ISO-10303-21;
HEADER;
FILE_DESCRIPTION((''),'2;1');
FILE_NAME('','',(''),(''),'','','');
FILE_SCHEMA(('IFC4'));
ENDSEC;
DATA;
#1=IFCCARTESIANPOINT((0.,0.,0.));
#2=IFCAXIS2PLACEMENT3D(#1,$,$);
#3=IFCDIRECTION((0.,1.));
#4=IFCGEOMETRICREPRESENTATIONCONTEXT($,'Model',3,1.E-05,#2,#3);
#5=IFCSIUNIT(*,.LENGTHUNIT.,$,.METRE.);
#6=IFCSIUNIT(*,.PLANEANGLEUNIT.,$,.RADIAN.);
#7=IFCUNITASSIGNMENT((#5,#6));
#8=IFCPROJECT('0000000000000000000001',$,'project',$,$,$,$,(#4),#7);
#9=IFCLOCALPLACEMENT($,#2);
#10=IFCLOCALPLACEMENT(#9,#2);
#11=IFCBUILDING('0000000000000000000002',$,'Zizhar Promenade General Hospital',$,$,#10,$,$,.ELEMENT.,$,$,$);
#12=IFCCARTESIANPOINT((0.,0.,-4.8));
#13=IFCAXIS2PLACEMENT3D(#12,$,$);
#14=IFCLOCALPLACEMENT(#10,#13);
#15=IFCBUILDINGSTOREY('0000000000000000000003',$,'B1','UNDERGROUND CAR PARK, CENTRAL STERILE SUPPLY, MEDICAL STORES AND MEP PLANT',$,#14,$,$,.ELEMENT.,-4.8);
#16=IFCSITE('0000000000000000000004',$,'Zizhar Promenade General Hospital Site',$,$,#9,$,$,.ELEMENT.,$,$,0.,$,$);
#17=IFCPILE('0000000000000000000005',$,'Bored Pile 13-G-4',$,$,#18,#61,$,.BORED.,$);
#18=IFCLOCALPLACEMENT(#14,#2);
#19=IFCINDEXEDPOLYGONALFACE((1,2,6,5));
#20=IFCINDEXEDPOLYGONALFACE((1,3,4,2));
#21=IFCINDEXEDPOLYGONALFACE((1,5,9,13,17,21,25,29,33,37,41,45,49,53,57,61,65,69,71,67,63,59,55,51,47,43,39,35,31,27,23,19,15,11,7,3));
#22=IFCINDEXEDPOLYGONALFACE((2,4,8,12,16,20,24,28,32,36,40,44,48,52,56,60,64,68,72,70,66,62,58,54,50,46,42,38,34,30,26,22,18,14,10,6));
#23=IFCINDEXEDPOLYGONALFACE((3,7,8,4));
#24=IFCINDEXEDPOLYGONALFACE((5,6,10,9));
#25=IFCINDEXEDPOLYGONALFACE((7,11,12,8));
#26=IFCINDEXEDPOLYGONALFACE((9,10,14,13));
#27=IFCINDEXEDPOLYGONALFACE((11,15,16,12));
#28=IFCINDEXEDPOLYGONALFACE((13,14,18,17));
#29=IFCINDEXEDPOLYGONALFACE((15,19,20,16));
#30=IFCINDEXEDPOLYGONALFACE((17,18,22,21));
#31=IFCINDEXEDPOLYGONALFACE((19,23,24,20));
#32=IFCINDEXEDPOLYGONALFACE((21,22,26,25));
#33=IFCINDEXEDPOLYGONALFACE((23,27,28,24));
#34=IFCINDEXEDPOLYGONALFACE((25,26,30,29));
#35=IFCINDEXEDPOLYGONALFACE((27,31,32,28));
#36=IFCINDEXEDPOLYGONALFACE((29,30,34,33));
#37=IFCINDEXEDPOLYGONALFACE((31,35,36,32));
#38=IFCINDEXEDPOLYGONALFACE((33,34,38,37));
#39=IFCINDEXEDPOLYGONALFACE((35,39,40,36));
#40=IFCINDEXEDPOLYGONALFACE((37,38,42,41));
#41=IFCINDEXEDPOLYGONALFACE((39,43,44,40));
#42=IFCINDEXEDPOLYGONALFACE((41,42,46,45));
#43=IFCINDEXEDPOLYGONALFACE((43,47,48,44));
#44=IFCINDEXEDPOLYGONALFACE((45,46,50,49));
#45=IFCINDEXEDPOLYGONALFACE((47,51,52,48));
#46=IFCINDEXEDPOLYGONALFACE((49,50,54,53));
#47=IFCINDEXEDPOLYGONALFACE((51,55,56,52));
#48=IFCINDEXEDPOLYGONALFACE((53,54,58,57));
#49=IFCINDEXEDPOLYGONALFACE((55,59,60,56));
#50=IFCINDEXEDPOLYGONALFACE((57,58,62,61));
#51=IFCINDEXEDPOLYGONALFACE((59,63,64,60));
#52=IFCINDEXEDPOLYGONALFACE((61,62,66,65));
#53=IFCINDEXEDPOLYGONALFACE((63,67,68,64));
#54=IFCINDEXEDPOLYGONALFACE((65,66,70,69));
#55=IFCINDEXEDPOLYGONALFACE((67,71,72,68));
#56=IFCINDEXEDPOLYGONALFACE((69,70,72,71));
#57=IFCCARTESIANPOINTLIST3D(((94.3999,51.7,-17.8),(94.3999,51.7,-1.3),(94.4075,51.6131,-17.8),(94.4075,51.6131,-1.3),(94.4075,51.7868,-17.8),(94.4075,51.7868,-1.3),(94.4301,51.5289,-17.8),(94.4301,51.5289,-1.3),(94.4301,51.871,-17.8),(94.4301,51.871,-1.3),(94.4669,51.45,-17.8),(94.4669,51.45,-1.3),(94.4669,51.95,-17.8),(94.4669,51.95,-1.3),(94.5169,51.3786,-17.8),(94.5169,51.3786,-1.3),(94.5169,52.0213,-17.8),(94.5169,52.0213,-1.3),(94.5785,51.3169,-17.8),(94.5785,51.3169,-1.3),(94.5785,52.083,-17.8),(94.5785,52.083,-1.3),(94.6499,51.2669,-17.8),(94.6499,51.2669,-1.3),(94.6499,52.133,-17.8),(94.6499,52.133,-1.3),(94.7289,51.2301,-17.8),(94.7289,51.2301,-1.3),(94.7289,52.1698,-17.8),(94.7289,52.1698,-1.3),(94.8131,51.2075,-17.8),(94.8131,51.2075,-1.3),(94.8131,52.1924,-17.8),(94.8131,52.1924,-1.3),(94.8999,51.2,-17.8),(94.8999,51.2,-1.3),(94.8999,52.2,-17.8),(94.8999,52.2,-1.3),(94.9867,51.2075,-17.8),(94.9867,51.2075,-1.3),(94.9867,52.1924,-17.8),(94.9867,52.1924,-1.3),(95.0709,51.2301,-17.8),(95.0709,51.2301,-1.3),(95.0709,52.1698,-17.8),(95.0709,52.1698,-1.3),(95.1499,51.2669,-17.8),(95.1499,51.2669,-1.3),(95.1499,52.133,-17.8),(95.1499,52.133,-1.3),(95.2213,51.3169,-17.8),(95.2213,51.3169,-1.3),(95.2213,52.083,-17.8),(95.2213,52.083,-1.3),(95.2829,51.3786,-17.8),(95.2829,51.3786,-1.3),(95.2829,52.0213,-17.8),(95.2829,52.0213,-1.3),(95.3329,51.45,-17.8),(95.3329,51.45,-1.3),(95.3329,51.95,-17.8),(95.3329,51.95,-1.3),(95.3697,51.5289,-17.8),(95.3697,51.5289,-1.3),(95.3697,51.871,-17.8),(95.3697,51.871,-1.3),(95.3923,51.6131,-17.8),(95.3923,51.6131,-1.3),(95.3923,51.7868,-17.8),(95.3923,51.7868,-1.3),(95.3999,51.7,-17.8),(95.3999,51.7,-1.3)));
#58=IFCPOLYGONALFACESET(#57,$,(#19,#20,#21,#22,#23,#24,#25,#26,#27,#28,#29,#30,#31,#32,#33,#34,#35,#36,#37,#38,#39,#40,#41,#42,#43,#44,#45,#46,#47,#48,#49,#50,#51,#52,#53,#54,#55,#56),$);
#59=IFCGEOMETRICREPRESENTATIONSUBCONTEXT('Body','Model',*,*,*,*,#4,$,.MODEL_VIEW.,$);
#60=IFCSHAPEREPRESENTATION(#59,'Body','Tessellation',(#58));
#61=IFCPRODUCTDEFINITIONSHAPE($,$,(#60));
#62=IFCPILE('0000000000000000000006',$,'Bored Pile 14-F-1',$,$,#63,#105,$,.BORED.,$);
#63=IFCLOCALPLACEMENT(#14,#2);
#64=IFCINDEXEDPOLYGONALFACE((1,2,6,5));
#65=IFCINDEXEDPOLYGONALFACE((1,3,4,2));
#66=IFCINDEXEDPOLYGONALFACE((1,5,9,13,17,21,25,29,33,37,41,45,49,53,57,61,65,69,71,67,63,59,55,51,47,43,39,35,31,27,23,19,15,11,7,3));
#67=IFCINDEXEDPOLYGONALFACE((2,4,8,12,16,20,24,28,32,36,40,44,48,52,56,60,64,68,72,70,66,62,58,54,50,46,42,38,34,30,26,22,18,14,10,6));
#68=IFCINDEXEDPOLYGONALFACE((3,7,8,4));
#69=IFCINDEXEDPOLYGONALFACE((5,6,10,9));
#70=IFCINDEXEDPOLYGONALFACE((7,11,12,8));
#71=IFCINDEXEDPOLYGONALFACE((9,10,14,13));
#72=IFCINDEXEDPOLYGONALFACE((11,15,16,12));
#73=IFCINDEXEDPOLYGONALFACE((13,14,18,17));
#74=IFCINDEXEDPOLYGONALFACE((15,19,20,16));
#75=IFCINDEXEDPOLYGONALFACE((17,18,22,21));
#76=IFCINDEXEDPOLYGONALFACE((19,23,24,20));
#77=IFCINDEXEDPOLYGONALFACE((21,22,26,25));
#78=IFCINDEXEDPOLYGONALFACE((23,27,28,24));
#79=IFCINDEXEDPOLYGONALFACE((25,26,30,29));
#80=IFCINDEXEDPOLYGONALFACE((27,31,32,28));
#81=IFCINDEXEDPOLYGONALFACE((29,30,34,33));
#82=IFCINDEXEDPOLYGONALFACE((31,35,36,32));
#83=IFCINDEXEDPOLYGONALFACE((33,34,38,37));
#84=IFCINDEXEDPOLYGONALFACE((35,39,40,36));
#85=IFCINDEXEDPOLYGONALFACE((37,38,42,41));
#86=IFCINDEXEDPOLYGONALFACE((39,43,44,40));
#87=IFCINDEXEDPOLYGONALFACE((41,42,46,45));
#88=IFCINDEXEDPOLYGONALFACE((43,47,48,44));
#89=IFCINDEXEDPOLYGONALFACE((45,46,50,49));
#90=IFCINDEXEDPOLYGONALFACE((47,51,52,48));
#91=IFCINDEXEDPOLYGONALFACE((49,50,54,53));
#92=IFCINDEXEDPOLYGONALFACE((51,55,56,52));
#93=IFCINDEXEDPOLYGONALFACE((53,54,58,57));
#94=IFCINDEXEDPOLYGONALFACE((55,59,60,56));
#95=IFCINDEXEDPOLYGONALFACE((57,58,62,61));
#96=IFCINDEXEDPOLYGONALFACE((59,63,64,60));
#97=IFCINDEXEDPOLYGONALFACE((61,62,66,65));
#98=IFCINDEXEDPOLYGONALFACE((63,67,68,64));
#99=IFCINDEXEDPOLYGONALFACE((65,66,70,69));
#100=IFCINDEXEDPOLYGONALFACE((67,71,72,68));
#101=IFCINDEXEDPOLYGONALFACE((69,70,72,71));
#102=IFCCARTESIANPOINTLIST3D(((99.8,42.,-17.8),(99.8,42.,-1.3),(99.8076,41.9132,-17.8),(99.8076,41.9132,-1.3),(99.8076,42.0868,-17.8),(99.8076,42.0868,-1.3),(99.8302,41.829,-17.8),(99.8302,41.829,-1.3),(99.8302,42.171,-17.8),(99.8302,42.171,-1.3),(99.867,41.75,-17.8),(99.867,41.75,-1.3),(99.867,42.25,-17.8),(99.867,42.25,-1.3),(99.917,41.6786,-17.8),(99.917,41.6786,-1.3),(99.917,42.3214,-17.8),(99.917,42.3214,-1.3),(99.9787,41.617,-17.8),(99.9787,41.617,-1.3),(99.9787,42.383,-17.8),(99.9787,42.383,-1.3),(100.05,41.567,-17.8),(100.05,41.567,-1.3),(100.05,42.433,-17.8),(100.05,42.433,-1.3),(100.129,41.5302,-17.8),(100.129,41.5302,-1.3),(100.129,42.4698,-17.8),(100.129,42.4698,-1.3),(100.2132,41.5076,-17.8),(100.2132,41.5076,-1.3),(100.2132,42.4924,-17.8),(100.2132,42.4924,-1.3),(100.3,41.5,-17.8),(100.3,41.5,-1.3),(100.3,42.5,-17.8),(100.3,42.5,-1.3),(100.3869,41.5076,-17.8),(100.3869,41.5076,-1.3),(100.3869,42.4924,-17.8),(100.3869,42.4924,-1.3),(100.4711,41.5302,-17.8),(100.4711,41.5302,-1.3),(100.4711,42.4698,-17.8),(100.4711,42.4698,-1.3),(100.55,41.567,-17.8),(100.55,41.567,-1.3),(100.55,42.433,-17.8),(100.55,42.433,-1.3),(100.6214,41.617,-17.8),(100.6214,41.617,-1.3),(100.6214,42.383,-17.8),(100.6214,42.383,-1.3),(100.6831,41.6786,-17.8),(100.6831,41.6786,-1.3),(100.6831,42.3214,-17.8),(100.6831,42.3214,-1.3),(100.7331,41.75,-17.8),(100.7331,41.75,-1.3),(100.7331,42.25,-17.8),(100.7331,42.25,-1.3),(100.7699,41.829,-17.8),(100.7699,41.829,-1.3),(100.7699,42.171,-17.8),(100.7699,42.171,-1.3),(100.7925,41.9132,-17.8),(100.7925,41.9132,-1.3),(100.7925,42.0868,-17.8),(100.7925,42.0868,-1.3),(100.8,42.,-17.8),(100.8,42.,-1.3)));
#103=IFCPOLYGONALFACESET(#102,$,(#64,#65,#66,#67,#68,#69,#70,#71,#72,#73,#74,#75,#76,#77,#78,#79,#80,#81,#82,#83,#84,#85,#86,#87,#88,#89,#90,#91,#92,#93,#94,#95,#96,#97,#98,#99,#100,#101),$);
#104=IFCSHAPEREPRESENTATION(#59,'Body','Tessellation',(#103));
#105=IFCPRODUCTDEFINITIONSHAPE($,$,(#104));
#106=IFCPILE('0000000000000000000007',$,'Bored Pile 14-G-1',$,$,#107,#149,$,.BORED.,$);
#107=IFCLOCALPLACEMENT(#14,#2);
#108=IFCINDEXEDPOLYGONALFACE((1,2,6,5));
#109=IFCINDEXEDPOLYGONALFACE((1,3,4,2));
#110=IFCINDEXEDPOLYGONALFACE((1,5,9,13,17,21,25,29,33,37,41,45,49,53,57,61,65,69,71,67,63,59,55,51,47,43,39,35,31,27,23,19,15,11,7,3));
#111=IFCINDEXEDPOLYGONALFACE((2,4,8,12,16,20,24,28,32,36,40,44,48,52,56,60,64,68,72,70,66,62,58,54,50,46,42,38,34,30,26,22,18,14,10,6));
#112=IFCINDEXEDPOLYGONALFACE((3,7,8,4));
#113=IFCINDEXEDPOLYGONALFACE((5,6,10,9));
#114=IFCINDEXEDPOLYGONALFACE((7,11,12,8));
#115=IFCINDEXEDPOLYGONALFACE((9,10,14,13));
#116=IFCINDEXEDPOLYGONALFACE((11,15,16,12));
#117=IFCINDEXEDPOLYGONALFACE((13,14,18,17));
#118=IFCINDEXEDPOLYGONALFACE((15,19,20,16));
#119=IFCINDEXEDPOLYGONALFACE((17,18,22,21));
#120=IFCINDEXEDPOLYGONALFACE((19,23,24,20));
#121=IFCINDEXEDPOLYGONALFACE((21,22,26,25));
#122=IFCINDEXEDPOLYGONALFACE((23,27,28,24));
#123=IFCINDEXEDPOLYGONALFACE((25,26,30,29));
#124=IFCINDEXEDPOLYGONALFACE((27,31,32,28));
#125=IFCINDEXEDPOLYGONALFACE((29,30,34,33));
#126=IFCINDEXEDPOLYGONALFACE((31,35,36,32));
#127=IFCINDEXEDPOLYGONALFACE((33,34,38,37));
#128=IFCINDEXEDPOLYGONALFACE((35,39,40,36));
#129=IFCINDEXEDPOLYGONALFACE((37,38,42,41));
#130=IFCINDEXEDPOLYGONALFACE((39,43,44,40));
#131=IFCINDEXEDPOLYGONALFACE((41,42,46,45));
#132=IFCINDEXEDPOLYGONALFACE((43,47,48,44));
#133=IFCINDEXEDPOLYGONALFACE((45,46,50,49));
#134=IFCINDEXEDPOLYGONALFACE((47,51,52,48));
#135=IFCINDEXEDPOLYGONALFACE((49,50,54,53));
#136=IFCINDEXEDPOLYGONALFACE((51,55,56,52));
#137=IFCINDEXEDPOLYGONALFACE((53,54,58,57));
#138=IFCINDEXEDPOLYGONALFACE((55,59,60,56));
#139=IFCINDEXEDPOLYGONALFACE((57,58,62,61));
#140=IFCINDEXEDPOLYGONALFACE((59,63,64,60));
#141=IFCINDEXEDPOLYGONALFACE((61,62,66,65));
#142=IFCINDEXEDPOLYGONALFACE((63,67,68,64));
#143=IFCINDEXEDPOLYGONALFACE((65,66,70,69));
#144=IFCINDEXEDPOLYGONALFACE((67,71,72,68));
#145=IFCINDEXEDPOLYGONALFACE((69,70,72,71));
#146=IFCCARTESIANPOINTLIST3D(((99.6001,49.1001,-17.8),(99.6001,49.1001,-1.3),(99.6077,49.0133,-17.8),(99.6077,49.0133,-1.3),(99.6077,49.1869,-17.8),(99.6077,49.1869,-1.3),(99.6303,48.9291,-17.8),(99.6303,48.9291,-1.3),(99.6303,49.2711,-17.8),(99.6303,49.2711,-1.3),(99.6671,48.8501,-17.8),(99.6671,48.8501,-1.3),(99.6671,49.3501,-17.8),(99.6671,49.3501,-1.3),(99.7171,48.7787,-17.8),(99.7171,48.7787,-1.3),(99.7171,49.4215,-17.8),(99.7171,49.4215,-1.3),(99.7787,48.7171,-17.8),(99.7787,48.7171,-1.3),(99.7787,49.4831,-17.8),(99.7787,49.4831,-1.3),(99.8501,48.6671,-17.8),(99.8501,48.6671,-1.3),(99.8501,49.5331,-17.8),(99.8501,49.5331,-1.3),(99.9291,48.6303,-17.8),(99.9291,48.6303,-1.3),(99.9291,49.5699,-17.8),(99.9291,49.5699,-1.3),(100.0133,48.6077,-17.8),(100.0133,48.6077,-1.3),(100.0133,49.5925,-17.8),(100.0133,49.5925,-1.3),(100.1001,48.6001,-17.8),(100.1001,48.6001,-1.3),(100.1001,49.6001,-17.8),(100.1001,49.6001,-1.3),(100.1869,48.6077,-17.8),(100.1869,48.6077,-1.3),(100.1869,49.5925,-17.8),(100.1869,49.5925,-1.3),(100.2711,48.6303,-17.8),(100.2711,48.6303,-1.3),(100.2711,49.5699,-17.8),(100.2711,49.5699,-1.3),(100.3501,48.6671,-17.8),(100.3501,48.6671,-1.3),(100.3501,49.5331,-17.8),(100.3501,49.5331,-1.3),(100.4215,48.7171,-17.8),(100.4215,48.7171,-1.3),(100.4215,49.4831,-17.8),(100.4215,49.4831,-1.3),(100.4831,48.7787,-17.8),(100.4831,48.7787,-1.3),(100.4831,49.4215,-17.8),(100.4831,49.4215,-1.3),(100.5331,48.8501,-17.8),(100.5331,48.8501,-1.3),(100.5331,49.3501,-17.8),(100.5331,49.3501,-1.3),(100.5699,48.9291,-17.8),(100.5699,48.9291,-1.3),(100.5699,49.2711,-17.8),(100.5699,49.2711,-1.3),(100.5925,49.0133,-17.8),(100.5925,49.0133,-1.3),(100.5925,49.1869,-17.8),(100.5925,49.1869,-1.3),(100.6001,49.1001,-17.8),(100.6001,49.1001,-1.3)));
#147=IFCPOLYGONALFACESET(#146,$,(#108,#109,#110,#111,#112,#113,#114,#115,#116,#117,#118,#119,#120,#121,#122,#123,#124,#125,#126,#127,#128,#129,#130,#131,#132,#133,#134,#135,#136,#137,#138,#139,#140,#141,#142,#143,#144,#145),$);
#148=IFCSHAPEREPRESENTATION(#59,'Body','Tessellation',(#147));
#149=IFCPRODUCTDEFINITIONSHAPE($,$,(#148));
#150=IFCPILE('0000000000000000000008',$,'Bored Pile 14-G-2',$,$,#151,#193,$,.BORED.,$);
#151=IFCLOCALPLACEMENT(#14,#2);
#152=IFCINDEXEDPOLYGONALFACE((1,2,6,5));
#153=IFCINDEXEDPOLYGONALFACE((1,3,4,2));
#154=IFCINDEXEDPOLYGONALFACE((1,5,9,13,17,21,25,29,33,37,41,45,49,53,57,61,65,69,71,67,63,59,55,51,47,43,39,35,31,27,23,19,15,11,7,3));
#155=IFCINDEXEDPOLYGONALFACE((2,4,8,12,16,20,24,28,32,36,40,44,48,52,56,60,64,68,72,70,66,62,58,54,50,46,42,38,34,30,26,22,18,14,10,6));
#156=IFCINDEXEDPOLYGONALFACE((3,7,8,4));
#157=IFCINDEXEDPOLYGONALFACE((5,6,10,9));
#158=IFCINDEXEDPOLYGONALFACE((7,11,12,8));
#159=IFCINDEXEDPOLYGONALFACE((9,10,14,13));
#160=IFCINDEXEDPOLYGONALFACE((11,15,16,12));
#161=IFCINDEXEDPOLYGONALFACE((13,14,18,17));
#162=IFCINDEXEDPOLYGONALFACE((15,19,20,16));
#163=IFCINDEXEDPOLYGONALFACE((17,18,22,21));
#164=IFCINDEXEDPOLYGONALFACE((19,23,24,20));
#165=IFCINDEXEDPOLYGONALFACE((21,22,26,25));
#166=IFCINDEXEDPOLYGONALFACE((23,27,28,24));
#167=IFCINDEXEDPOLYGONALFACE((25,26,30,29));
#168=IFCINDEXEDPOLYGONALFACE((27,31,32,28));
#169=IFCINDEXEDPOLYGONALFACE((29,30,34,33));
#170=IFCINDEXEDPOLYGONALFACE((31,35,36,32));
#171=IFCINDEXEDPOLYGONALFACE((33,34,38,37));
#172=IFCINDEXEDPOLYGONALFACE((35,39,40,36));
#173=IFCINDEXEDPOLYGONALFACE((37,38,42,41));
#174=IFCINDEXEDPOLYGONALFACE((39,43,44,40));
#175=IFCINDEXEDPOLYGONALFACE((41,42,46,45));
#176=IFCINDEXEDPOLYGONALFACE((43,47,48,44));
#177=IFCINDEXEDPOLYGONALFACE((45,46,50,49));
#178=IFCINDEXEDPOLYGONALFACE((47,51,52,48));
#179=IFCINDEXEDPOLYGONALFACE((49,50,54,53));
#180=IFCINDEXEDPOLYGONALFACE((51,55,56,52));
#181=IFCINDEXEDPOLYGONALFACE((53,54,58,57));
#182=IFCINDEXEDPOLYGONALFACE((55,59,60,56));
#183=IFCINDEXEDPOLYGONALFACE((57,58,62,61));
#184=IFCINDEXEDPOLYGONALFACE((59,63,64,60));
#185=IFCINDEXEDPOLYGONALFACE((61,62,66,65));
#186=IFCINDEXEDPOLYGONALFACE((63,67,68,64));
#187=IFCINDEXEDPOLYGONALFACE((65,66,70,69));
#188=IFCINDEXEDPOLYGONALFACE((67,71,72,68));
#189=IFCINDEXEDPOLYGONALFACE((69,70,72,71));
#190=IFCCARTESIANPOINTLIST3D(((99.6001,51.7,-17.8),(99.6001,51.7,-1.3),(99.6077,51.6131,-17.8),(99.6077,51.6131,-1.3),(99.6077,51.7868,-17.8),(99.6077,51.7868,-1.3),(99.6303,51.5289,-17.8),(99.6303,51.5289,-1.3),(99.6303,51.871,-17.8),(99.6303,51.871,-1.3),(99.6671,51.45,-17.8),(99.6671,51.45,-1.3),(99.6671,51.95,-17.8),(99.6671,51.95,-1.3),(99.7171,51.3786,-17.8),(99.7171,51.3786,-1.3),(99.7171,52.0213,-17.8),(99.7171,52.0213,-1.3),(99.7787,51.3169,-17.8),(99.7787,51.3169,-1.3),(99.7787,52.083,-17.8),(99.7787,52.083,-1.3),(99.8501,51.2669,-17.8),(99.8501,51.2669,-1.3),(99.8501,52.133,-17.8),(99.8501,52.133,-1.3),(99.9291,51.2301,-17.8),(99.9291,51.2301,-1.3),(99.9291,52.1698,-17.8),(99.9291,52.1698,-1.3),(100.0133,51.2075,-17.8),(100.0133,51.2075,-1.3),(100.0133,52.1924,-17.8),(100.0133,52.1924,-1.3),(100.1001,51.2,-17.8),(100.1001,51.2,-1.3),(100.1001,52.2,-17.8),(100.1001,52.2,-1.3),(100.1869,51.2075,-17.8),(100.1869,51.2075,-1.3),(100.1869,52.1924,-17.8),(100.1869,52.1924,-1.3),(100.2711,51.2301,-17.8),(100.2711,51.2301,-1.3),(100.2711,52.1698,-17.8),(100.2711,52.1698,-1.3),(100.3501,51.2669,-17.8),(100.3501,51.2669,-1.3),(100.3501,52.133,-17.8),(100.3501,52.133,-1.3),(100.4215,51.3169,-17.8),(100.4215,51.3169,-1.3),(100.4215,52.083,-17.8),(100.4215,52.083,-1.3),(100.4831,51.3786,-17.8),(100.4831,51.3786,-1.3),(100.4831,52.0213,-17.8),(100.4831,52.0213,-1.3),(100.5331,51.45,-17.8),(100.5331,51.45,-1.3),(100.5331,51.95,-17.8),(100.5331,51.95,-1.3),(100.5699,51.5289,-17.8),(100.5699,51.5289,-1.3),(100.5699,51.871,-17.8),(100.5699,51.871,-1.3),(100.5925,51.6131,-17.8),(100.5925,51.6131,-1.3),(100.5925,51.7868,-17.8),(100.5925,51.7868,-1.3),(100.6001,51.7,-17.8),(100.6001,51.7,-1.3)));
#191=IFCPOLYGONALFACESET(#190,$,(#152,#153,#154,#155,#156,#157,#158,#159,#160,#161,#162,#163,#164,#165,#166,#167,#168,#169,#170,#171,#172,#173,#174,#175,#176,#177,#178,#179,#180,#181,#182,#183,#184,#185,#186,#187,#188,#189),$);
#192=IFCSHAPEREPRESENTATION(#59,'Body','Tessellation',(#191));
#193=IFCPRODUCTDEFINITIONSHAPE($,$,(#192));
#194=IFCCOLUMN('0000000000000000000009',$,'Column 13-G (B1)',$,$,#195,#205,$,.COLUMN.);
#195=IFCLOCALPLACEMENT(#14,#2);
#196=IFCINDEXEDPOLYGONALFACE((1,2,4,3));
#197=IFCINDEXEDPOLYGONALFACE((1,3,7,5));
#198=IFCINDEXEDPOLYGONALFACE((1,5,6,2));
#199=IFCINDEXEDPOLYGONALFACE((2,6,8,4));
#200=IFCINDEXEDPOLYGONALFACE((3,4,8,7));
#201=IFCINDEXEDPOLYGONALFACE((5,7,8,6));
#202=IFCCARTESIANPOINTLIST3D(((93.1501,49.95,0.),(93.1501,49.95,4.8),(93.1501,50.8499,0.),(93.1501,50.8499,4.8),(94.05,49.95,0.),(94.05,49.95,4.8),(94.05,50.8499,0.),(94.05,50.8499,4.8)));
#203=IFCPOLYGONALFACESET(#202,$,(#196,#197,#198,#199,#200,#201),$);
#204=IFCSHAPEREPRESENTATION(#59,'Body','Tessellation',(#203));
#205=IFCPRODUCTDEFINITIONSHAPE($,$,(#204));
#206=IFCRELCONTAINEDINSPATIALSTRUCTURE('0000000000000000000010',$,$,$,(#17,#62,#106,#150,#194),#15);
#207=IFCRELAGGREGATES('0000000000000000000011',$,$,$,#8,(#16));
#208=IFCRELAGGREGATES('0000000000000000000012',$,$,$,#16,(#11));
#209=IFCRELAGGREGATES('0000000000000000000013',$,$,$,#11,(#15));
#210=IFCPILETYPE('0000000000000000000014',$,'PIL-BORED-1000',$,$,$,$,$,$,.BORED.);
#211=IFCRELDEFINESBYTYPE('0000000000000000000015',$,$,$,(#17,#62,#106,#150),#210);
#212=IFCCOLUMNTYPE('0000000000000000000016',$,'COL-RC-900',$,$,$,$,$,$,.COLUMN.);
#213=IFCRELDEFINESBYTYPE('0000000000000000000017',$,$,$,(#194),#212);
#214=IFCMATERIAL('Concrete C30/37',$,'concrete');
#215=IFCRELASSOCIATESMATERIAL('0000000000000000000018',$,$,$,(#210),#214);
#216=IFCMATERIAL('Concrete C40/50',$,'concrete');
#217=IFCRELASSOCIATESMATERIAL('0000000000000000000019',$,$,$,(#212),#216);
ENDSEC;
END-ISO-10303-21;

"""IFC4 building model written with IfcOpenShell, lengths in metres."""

from ifc_helpers import new_model, si_unit, direction, frame, origin, origin_2d, place, context, subcontext, project, spatial, rectangle, circle, extrude, material, material_profile, profile_set, type_object, element, save


model = new_model("IFC4")

# Units and contexts
model_context = context("Model", 3, precision=1e-05, world=origin(), true_north=direction((0.0, 1.0)))
body_context = subcontext(model_context, "Body", "Model", "MODEL_VIEW")
ifc_project = project(units=[si_unit("LENGTHUNIT", "METRE"), si_unit("PLANEANGLEUNIT", "RADIAN")], contexts=[model_context])

# Site, building, storey
site_placement = place(None, origin())
site = spatial("IfcSite", under=ifc_project, at=site_placement, Name="Zizhar Promenade General Hospital Site", CompositionType="ELEMENT", RefElevation=0.0)
building_placement = place(site_placement, origin())
building = spatial("IfcBuilding", under=site, at=building_placement, Name="Zizhar Promenade General Hospital", CompositionType="ELEMENT")
storey_placement = place(building_placement, frame((0.0, 0.0, -4.8)))
storey = spatial("IfcBuildingStorey", under=building, at=storey_placement, Name="B1", Description="UNDERGROUND CAR PARK, CENTRAL STERILE SUPPLY, MEDICAL STORES AND MEP PLANT", CompositionType="ELEMENT", Elevation=-4.8)

# Piles
ifc_material_1 = material(Name="Concrete C30/37", Category="concrete")
ifc_material_profile_1 = material_profile(ifc_material_1, circle(Radius=0.5, at=origin_2d()))
ifc_profile_set_1 = profile_set([ifc_material_profile_1], Name="Concrete C30/37")
pile_type = type_object("IfcPileType", Name="PIL-BORED-1000", PredefinedType="BORED", material=ifc_profile_set_1)
for number, where, z_axis, x_axis, name in (
    (1, (94.8999, 51.7, -1.3), (0.0, 0.0, -1.0), (1.0, 0.0, 0.0), "Bored Pile 13-G-4"),
    (2, (100.3, 42.0, -1.3), (0.0, 0.0, -1.0), (1.0, 0.0, 0.0), "Bored Pile 14-F-1"),
    (3, (100.1001, 49.1001, -1.3), (0.0, 0.0, -1.0), (1.0, 0.0, 0.0), "Bored Pile 14-G-1"),
    (4, (100.1001, 51.7, -1.3), (0.0, 0.0, -1.0), (1.0, 0.0, 0.0), "Bored Pile 14-G-2"),
):
    element("IfcPile", number, at=place(storey_placement, frame(where, z_axis=z_axis, x_axis=x_axis)), inside=storey, type_object=pile_type, Name=name, PredefinedType="BORED", context=body_context, shape_type="SweptSolid", body=[
        extrude(circle(Radius=0.5, at=origin_2d()), origin(), (0.0, 0.0, 1.0), 16.5),
    ])

# Column
ifc_material_2 = material(Name="Concrete C40/50", Category="concrete")
ifc_material_profile_2 = material_profile(ifc_material_2, rectangle(XDim=0.8999, YDim=0.8999, at=origin_2d()))
ifc_profile_set_2 = profile_set([ifc_material_profile_2], Name="Concrete C40/50")
column_type = type_object("IfcColumnType", Name="COL-RC-900", PredefinedType="COLUMN", material=ifc_profile_set_2)
for number, where, z_axis, x_axis, name in (
    (5, (93.6001, 50.3999, 0.0), (0.0, 0.0, 1.0), (1.0, 0.0, 0.0), "Column 13-G (B1)"),
):
    element("IfcColumn", number, at=place(storey_placement, frame(where, z_axis=z_axis, x_axis=x_axis)), inside=storey, type_object=column_type, Name=name, PredefinedType="COLUMN", context=body_context, shape_type="SweptSolid", body=[
        extrude(rectangle(XDim=0.8999, YDim=0.8999, at=origin_2d()), origin(), (0.0, 0.0, 1.0), 4.8),
    ])

save(model, "model.ifc")
